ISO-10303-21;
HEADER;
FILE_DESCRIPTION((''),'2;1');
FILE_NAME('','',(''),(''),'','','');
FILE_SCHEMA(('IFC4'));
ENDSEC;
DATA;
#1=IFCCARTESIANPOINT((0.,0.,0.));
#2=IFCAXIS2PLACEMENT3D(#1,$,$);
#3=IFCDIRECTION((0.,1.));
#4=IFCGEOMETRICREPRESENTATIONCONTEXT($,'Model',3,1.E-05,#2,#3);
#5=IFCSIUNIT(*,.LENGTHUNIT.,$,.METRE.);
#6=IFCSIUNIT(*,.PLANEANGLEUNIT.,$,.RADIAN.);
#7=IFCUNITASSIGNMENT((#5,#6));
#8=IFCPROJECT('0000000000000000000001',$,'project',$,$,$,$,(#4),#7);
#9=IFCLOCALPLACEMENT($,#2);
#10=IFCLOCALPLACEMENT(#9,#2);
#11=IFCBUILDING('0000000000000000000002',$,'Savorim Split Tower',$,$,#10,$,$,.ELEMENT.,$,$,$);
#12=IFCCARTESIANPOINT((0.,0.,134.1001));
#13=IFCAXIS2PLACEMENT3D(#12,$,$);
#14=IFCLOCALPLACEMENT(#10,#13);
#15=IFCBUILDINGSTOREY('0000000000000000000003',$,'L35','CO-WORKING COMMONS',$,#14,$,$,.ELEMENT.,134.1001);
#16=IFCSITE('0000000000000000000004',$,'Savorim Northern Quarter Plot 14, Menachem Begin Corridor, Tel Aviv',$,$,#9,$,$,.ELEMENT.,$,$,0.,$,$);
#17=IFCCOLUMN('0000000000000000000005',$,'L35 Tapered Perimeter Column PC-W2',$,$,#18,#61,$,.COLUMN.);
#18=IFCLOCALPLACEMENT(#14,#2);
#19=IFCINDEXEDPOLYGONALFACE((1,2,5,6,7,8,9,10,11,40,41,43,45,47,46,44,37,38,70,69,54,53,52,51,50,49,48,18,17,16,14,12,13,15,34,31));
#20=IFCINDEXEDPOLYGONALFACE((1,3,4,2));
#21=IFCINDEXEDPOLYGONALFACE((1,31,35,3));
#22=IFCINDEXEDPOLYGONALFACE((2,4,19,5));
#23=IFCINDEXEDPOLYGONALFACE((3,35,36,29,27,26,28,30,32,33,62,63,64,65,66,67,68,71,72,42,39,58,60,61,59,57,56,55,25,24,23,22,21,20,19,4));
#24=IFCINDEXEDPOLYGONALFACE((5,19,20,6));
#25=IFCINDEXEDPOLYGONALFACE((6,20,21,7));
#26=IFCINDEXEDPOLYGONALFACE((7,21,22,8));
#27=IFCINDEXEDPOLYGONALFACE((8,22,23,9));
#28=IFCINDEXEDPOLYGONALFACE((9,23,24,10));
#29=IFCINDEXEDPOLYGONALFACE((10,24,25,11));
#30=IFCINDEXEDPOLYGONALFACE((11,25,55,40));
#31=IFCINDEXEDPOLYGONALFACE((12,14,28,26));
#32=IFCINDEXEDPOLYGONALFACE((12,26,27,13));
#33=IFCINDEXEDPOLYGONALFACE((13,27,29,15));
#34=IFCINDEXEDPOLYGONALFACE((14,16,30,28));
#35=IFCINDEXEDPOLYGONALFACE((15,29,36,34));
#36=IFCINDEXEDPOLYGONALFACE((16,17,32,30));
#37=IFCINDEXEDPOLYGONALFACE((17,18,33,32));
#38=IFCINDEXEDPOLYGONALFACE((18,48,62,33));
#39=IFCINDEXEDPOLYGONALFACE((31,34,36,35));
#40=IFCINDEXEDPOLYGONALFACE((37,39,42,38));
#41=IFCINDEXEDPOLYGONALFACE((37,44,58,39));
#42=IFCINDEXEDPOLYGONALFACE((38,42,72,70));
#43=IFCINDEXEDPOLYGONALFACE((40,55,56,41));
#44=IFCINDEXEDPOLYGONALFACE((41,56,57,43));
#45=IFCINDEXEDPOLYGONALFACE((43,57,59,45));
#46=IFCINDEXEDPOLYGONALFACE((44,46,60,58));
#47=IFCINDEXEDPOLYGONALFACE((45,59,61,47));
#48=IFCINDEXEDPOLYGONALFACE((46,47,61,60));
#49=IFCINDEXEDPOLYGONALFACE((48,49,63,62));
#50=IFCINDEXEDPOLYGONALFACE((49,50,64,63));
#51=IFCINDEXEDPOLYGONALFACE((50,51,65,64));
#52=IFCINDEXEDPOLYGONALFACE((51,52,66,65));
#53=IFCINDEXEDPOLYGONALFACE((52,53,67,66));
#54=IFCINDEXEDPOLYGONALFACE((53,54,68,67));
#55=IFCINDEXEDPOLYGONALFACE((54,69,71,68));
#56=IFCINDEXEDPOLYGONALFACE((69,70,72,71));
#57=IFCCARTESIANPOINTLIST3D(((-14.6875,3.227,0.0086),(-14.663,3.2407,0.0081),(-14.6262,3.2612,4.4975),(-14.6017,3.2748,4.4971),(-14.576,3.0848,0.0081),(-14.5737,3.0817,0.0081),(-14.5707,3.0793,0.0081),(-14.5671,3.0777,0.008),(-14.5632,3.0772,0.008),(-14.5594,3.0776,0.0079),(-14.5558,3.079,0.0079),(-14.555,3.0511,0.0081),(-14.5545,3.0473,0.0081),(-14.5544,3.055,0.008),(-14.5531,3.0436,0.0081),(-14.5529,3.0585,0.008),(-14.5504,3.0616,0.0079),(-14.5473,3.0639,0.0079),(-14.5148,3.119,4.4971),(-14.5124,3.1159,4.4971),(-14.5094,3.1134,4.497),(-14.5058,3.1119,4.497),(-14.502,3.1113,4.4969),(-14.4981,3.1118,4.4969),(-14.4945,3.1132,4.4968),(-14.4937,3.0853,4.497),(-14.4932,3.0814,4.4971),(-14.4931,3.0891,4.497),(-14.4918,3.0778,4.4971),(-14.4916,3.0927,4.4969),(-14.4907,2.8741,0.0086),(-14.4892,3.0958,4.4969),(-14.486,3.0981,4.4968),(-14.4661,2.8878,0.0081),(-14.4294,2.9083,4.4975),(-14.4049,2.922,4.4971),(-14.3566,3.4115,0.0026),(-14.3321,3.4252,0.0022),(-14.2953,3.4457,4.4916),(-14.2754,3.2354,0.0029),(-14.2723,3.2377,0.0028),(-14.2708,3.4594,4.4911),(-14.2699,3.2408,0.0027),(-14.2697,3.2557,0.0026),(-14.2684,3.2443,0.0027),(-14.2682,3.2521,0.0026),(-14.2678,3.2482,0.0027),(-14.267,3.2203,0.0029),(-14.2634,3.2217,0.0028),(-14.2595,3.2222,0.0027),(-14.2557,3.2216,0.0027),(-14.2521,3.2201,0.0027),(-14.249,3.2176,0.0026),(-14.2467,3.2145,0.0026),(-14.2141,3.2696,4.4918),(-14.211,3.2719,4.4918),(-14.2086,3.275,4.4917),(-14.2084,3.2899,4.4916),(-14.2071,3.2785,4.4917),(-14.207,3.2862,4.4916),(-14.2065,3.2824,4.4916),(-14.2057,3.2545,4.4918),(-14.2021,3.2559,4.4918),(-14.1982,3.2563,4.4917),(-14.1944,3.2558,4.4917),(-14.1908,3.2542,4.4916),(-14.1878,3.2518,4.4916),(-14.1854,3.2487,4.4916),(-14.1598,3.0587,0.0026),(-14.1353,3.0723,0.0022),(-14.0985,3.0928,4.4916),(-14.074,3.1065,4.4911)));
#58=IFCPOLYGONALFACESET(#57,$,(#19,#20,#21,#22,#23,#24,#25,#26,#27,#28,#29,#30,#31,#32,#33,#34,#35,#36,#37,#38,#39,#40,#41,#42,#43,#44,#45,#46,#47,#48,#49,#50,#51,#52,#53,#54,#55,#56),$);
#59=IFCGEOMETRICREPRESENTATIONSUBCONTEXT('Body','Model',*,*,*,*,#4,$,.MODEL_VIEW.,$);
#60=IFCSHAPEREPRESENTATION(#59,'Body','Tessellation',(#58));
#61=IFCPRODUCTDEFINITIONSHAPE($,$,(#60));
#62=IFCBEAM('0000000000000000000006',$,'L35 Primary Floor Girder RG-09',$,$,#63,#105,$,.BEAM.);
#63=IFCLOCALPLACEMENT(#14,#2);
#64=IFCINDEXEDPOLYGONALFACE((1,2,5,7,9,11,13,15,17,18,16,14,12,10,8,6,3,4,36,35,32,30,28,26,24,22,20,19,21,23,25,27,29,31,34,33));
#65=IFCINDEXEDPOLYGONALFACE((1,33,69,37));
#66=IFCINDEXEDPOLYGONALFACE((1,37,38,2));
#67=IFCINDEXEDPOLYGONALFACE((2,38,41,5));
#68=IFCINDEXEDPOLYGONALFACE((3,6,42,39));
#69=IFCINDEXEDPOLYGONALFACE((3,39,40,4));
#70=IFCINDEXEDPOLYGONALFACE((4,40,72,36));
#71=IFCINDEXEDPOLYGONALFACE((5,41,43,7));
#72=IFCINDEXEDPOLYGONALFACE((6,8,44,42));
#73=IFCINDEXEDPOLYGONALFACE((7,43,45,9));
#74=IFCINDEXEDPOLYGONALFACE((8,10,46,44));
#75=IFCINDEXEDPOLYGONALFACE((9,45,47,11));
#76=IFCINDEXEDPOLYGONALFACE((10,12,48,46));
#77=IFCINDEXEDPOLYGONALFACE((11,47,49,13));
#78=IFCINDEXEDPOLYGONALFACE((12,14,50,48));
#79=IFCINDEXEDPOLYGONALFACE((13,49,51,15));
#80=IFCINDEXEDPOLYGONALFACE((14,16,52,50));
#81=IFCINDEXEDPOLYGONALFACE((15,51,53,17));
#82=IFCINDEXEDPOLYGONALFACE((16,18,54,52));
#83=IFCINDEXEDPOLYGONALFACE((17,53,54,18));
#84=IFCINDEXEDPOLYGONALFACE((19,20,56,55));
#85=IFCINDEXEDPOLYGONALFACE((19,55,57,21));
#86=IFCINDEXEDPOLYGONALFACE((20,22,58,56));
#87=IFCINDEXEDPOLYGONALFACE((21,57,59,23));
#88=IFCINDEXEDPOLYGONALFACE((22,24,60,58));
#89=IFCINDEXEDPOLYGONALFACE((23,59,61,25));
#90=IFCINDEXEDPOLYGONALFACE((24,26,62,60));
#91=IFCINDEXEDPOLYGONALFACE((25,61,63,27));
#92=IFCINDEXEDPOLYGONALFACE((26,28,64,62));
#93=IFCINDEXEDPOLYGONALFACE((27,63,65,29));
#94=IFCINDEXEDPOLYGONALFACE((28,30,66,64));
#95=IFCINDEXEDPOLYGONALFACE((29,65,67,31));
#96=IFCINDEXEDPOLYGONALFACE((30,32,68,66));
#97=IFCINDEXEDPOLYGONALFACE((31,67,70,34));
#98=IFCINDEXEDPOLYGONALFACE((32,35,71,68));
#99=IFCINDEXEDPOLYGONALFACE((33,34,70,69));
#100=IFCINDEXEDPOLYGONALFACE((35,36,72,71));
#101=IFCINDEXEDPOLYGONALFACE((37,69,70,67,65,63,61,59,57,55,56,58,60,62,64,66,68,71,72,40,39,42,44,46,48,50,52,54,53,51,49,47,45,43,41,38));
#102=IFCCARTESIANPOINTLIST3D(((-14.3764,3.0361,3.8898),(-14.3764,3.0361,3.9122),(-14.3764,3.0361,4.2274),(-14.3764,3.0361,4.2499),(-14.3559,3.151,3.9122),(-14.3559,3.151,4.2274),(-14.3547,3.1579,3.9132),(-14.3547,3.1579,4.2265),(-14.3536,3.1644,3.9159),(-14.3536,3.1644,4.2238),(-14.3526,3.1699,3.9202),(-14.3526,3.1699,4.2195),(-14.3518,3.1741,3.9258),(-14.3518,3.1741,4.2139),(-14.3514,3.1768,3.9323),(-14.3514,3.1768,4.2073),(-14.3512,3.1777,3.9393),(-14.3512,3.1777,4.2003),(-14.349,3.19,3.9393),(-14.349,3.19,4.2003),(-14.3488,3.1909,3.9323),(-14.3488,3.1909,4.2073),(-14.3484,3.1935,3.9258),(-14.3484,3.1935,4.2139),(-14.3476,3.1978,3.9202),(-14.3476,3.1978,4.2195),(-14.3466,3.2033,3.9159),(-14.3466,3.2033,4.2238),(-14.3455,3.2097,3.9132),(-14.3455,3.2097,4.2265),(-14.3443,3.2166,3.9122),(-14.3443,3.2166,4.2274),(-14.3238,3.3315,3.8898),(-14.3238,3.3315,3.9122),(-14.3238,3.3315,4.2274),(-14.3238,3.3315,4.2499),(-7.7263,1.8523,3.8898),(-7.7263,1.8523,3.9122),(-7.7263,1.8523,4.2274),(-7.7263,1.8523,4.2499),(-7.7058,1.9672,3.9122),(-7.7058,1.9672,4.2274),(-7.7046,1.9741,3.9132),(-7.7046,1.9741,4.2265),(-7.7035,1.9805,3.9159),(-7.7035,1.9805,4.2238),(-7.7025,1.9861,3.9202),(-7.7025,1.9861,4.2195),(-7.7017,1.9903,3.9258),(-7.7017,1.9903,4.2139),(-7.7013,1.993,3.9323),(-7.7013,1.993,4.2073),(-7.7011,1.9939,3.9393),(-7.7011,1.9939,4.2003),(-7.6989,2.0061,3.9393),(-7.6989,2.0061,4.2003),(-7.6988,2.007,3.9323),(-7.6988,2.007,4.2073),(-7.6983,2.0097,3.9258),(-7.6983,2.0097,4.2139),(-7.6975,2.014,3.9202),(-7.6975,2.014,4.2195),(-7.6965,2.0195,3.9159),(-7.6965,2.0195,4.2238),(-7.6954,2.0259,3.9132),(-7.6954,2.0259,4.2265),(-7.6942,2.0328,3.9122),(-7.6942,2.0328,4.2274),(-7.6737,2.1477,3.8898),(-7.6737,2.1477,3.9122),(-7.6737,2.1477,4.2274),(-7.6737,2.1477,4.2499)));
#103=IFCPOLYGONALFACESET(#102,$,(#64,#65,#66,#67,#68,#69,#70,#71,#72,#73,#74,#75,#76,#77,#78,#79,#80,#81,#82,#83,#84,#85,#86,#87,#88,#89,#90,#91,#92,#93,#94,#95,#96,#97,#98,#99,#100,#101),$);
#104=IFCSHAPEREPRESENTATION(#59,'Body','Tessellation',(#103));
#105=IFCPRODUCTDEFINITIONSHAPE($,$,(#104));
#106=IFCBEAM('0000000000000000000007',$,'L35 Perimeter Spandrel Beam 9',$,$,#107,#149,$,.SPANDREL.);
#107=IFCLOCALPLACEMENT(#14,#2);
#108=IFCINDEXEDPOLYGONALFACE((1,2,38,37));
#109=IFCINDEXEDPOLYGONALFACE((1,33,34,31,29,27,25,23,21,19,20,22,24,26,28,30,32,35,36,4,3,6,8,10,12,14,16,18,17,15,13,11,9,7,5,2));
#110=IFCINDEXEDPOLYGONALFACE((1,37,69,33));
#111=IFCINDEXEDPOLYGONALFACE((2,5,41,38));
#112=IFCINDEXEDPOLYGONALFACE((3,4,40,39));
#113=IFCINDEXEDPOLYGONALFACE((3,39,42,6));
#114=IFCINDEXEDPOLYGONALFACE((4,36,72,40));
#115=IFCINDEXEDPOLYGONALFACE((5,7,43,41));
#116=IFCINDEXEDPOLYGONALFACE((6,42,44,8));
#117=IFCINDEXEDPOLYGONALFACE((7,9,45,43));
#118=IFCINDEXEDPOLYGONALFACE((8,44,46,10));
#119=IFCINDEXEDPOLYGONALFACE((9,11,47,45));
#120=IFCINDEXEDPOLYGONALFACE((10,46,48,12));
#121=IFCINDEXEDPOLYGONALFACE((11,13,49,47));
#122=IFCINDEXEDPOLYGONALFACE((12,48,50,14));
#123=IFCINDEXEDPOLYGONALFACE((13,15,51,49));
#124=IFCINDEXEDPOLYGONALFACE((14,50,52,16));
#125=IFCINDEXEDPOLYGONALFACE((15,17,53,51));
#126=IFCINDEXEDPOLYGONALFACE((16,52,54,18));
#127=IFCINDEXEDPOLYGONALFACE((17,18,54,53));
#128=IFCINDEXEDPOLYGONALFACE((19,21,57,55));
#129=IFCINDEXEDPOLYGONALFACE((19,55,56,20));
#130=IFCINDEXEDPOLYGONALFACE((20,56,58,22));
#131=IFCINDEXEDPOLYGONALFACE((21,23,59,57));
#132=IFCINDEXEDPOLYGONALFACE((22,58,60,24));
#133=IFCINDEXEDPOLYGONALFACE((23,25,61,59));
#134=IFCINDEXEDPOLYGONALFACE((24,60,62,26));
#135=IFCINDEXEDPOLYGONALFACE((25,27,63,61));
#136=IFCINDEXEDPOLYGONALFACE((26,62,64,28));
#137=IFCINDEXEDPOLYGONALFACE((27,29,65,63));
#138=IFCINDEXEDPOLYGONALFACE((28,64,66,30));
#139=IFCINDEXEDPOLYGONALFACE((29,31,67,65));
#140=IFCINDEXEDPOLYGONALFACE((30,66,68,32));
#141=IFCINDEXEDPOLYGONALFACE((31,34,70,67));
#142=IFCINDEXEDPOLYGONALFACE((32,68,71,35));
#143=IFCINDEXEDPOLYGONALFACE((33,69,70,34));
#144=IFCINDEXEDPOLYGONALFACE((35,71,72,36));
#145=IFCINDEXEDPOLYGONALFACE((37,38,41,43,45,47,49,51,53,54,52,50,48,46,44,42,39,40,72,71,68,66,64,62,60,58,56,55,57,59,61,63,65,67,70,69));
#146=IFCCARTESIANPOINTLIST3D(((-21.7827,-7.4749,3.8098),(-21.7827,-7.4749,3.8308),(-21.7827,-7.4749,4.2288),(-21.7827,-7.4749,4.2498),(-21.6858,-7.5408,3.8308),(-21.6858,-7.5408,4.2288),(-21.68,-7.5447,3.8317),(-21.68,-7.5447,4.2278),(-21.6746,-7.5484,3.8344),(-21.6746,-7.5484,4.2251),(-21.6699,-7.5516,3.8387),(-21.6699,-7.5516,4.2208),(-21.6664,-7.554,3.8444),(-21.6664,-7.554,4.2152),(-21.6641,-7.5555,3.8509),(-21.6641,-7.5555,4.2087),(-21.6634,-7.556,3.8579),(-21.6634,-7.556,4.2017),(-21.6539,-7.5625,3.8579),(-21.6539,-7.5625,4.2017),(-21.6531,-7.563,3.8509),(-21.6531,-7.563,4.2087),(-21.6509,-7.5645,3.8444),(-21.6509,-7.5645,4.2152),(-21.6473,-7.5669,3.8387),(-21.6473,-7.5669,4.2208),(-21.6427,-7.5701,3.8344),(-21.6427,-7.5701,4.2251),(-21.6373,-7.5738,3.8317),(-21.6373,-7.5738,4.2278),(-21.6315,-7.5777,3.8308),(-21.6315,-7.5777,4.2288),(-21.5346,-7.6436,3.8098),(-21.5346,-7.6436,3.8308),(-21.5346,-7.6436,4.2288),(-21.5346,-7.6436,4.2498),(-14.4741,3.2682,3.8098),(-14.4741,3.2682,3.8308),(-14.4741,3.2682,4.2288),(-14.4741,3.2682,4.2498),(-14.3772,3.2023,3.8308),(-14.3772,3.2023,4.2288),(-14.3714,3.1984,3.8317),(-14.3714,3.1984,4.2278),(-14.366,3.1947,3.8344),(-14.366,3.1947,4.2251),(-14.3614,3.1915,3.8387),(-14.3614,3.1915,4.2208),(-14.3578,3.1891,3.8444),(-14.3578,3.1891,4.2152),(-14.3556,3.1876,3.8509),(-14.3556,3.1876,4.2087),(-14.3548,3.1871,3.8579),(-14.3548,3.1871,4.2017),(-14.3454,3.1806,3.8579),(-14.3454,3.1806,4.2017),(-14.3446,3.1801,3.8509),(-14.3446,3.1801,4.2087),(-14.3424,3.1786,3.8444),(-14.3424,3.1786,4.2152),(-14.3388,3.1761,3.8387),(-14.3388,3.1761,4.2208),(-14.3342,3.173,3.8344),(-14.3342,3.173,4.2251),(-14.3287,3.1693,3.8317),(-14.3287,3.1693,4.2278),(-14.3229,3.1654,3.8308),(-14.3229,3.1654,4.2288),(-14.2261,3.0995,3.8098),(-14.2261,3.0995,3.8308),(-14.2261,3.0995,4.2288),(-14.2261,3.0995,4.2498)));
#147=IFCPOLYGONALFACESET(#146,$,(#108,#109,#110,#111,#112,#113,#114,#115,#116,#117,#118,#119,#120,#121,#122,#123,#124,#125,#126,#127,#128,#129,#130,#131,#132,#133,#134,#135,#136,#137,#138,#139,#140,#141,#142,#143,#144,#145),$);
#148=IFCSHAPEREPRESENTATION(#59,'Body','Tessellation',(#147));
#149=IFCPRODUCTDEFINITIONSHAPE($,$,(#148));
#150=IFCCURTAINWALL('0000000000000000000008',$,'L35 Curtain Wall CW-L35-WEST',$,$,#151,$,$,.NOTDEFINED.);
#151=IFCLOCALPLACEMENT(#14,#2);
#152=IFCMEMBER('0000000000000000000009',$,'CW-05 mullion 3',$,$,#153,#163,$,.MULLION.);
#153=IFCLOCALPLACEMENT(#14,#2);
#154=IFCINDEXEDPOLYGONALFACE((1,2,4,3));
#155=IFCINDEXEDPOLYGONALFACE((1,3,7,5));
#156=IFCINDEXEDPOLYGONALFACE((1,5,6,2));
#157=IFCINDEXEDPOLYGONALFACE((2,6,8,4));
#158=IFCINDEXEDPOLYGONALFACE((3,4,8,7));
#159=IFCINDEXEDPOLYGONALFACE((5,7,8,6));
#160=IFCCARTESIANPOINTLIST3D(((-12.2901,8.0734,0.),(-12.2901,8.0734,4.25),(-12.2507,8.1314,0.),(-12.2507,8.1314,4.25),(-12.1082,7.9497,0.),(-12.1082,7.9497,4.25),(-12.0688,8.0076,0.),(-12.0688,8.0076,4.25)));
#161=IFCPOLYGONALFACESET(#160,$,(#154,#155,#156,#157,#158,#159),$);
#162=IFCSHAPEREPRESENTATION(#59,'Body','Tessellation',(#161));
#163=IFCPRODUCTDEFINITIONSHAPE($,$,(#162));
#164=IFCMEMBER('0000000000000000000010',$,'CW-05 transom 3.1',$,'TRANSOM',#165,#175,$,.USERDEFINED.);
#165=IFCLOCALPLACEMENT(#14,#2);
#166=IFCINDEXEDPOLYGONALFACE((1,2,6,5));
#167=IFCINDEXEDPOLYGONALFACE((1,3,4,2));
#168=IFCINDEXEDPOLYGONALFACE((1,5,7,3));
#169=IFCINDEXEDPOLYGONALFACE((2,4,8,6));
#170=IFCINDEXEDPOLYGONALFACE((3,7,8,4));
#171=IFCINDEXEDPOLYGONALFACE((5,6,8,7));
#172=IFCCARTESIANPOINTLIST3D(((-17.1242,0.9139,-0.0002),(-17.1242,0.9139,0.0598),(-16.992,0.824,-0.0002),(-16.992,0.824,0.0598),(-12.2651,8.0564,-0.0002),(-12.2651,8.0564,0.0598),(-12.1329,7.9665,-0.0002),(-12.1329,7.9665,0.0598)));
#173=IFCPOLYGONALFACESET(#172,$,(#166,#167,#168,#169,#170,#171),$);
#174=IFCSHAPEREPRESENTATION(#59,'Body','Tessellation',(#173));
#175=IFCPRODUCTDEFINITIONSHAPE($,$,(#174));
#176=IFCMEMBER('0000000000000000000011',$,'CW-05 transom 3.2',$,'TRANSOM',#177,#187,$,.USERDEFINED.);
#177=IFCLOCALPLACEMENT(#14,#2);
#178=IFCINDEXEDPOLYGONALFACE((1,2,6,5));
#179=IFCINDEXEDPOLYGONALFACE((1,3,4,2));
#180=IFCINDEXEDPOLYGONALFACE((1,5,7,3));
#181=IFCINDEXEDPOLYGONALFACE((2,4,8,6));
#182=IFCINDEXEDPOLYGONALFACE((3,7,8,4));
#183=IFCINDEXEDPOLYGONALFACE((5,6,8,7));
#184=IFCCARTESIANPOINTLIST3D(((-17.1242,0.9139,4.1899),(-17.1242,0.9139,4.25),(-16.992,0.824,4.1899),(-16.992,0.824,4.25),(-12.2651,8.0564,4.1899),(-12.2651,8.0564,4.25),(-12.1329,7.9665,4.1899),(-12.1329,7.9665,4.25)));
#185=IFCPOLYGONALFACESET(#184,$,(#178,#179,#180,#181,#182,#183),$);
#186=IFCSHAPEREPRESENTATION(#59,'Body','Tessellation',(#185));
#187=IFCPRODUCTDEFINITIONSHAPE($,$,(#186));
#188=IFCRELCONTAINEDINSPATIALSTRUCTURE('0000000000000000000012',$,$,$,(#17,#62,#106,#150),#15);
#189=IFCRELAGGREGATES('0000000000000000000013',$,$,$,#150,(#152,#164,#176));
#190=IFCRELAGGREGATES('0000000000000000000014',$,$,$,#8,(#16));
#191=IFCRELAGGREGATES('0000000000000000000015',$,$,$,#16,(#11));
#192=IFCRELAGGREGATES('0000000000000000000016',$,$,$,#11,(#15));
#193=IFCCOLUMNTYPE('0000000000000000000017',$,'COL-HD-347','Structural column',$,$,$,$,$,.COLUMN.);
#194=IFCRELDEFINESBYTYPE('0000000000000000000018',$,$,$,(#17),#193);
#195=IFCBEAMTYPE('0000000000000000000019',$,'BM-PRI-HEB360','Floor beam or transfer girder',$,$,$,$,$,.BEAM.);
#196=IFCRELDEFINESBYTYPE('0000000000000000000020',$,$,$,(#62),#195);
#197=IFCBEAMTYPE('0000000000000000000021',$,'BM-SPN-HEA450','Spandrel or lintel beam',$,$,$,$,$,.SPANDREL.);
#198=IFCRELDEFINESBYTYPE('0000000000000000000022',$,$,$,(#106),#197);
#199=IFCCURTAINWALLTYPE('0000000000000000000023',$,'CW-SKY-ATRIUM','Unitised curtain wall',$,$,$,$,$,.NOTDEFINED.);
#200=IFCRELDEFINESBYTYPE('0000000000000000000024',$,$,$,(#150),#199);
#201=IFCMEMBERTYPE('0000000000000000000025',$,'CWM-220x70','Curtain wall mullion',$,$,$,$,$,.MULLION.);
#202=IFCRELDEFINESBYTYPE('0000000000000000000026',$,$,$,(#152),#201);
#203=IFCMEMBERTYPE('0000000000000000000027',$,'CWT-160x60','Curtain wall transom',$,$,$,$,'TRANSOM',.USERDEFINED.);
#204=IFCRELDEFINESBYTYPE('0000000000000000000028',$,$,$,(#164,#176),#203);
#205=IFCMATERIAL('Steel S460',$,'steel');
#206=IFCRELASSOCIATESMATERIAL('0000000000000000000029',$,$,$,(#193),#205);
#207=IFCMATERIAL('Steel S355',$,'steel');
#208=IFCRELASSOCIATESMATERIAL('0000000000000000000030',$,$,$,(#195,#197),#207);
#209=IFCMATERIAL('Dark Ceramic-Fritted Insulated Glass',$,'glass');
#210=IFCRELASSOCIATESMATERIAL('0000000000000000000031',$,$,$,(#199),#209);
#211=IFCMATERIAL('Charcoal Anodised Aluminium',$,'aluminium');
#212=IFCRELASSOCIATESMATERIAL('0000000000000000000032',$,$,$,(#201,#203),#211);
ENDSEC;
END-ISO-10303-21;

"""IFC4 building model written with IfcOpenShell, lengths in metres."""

from ifc_helpers import new_model, si_unit, direction, frame, origin, origin_2d, place, context, subcontext, project, spatial, rectangle, i_section, extrude, material, material_profile, profile_set, type_object, element, aggregate, save


model = new_model("IFC4")

# Units and contexts
model_context = context("Model", 3, precision=1e-05, world=origin(), true_north=direction((0.0, 1.0)))
body_context = subcontext(model_context, "Body", "Model", "MODEL_VIEW")
ifc_project = project(units=[si_unit("LENGTHUNIT", "METRE"), si_unit("PLANEANGLEUNIT", "RADIAN")], contexts=[model_context])

# Site, building, storey
site_placement = place(None, origin())
site = spatial("IfcSite", under=ifc_project, at=site_placement, Name="Savorim Northern Quarter Plot 14, Menachem Begin Corridor, Tel Aviv", CompositionType="ELEMENT", RefElevation=0.0)
building_placement = place(site_placement, origin())
building = spatial("IfcBuilding", under=site, at=building_placement, Name="Savorim Split Tower", CompositionType="ELEMENT")
storey_placement = place(building_placement, frame((0.0, 0.0, 134.1001)))
storey = spatial("IfcBuildingStorey", under=building, at=storey_placement, Name="L35", Description="CO-WORKING COMMONS", CompositionType="ELEMENT", Elevation=134.1001)

# Column
ifc_material_1 = material(Name="Steel S460", Category="steel")
ifc_material_profile_1 = material_profile(ifc_material_1, i_section(OverallWidth=0.4041, OverallDepth=0.407, WebThickness=0.0173, FlangeThickness=0.0281, FilletRadius=0.0149, at=origin_2d()), Name="HD 400x347")
ifc_profile_set_1 = profile_set([ifc_material_profile_1], Name="Steel S460")
column_type = type_object("IfcColumnType", Name="COL-HD-347", Description="Structural column", PredefinedType="COLUMN", material=ifc_profile_set_1)
column_placement = place(storey_placement, frame((-14.4114, 3.1497, 0.0054), z_axis=(0.013649, 0.007613, 0.999878), x_axis=(-0.487119, 0.873335, 0.0)))
element("IfcColumn", 1, at=column_placement, inside=storey, type_object=column_type, Name="L35 Tapered Perimeter Column PC-W2", PredefinedType="COLUMN", context=body_context, shape_type="SweptSolid", body=[
    extrude(i_section(OverallWidth=0.4041, OverallDepth=0.407, WebThickness=0.0173, FlangeThickness=0.0281, FilletRadius=0.0149, at=origin_2d()), origin(), (0.0, 0.0, 1.0), 4.4895),
])

# Beams
ifc_material_2 = material(Name="Steel S355", Category="steel")
ifc_material_profile_2 = material_profile(ifc_material_2, i_section(OverallWidth=0.3, OverallDepth=0.3601, WebThickness=0.0125, FlangeThickness=0.0225, FilletRadius=0.0271, at=origin_2d()), Name="HEB 360")
ifc_profile_set_2 = profile_set([ifc_material_profile_2], Name="Steel S355")
beam_type_1 = type_object("IfcBeamType", Name="BM-PRI-HEB360", Description="Floor beam or transfer girder", PredefinedType="BEAM", material=ifc_profile_set_2)
beam_1_placement = place(storey_placement, frame((-14.3501, 3.1838, 4.0698), z_axis=(0.984522, -0.175261, 0.0), x_axis=(0.175261, 0.984522, 0.0)))
element("IfcBeam", 2, at=beam_1_placement, inside=storey, type_object=beam_type_1, Name="L35 Primary Floor Girder RG-09", PredefinedType="BEAM", context=body_context, shape_type="SweptSolid", body=[
    extrude(i_section(OverallWidth=0.3, OverallDepth=0.3601, WebThickness=0.0125, FlangeThickness=0.0225, FilletRadius=0.0271, at=origin_2d()), origin(), (0.0, 0.0, 1.0), 6.7546),
])
ifc_material_profile_3 = material_profile(ifc_material_2, i_section(OverallWidth=0.3, OverallDepth=0.4399, WebThickness=0.0115, FlangeThickness=0.021, FilletRadius=0.0271, at=origin_2d()), Name="HEA 450")
ifc_profile_set_3 = profile_set([ifc_material_profile_3], Name="Steel S355")
beam_type_2 = type_object("IfcBeamType", Name="BM-SPN-HEA450", Description="Spandrel or lintel beam", PredefinedType="SPANDREL", material=ifc_profile_set_3)
beam_2_placement = place(storey_placement, frame((-14.3501, 3.1838, 4.0298), z_axis=(-0.562481, -0.82681, 0.0), x_axis=(0.82681, -0.562481, 0.0)))
element("IfcBeam", 3, at=beam_2_placement, inside=storey, type_object=beam_type_2, Name="L35 Perimeter Spandrel Beam 9", PredefinedType="SPANDREL", context=body_context, shape_type="SweptSolid", body=[
    extrude(i_section(OverallWidth=0.3, OverallDepth=0.4399, WebThickness=0.0115, FlangeThickness=0.021, FilletRadius=0.0271, at=origin_2d()), origin(), (0.0, 0.0, 1.0), 12.9934),
])

# Curtain wall, members
ifc_material_3 = material(Name="Dark Ceramic-Fritted Insulated Glass", Category="glass")
curtain_wall_type = type_object("IfcCurtainWallType", Name="CW-SKY-ATRIUM", Description="Unitised curtain wall", PredefinedType="NOTDEFINED", material=ifc_material_3)
curtain_wall_placement = place(storey_placement, origin())
curtain_wall = element("IfcCurtainWall", 4, at=curtain_wall_placement, inside=storey, type_object=curtain_wall_type, Name="L35 Curtain Wall CW-L35-WEST", PredefinedType="NOTDEFINED")
ifc_material_4 = material(Name="Charcoal Anodised Aluminium", Category="aluminium")
ifc_material_profile_4 = material_profile(ifc_material_4, rectangle(XDim=0.22, YDim=0.0701, at=origin_2d()), Name="ALU-M 220x70")
ifc_profile_set_4 = profile_set([ifc_material_profile_4], Name="Charcoal Anodised Aluminium")
member_type_1 = type_object("IfcMemberType", Name="CWM-220x70", Description="Curtain wall mullion", PredefinedType="MULLION", material=ifc_profile_set_4)
member_1_placement = place(storey_placement, frame((-12.1794, 8.0405, 0.0), z_axis=(0.0, 0.0, 1.0), x_axis=(0.82682, -0.562467, 0.0)))
member_1 = element("IfcMember", 5, at=member_1_placement, type_object=member_type_1, Name="CW-05 mullion 3", PredefinedType="MULLION", context=body_context, shape_type="SweptSolid", body=[
    extrude(rectangle(XDim=0.22, YDim=0.0701, at=origin_2d()), origin(), (0.0, 0.0, 1.0), 4.25),
])
ifc_material_profile_5 = material_profile(ifc_material_4, rectangle(XDim=0.1599, YDim=0.0601, at=origin_2d()), Name="ALU-T 160x60")
ifc_profile_set_5 = profile_set([ifc_material_profile_5], Name="Charcoal Anodised Aluminium")
member_type_2 = type_object("IfcMemberType", Name="CWT-160x60", Description="Curtain wall transom", ElementType="TRANSOM", PredefinedType="USERDEFINED", material=ifc_profile_set_5)
member_2_placement = place(storey_placement, frame((-12.199, 8.0115, 0.0298), z_axis=(-0.562482, -0.826809, 0.0), x_axis=(0.826809, -0.562482, 0.0)))
member_2 = element("IfcMember", 6, at=member_2_placement, type_object=member_type_2, Name="CW-05 transom 3.1", ObjectType="TRANSOM", PredefinedType="USERDEFINED", context=body_context, shape_type="SweptSolid", body=[
    extrude(rectangle(XDim=0.1599, YDim=0.0601, at=origin_2d()), origin(), (0.0, 0.0, 1.0), 8.6387),
])
member_3_placement = place(storey_placement, frame((-12.199, 8.0115, 4.22), z_axis=(-0.562482, -0.826809, 0.0), x_axis=(0.826809, -0.562482, 0.0)))
member_3 = element("IfcMember", 7, at=member_3_placement, type_object=member_type_2, Name="CW-05 transom 3.2", ObjectType="TRANSOM", PredefinedType="USERDEFINED", context=body_context, shape_type="SweptSolid", body=[
    extrude(rectangle(XDim=0.1599, YDim=0.0601, at=origin_2d()), origin(), (0.0, 0.0, 1.0), 8.6387),
])
aggregate(curtain_wall, [member_1, member_2, member_3])

save(model, "model.ifc")
